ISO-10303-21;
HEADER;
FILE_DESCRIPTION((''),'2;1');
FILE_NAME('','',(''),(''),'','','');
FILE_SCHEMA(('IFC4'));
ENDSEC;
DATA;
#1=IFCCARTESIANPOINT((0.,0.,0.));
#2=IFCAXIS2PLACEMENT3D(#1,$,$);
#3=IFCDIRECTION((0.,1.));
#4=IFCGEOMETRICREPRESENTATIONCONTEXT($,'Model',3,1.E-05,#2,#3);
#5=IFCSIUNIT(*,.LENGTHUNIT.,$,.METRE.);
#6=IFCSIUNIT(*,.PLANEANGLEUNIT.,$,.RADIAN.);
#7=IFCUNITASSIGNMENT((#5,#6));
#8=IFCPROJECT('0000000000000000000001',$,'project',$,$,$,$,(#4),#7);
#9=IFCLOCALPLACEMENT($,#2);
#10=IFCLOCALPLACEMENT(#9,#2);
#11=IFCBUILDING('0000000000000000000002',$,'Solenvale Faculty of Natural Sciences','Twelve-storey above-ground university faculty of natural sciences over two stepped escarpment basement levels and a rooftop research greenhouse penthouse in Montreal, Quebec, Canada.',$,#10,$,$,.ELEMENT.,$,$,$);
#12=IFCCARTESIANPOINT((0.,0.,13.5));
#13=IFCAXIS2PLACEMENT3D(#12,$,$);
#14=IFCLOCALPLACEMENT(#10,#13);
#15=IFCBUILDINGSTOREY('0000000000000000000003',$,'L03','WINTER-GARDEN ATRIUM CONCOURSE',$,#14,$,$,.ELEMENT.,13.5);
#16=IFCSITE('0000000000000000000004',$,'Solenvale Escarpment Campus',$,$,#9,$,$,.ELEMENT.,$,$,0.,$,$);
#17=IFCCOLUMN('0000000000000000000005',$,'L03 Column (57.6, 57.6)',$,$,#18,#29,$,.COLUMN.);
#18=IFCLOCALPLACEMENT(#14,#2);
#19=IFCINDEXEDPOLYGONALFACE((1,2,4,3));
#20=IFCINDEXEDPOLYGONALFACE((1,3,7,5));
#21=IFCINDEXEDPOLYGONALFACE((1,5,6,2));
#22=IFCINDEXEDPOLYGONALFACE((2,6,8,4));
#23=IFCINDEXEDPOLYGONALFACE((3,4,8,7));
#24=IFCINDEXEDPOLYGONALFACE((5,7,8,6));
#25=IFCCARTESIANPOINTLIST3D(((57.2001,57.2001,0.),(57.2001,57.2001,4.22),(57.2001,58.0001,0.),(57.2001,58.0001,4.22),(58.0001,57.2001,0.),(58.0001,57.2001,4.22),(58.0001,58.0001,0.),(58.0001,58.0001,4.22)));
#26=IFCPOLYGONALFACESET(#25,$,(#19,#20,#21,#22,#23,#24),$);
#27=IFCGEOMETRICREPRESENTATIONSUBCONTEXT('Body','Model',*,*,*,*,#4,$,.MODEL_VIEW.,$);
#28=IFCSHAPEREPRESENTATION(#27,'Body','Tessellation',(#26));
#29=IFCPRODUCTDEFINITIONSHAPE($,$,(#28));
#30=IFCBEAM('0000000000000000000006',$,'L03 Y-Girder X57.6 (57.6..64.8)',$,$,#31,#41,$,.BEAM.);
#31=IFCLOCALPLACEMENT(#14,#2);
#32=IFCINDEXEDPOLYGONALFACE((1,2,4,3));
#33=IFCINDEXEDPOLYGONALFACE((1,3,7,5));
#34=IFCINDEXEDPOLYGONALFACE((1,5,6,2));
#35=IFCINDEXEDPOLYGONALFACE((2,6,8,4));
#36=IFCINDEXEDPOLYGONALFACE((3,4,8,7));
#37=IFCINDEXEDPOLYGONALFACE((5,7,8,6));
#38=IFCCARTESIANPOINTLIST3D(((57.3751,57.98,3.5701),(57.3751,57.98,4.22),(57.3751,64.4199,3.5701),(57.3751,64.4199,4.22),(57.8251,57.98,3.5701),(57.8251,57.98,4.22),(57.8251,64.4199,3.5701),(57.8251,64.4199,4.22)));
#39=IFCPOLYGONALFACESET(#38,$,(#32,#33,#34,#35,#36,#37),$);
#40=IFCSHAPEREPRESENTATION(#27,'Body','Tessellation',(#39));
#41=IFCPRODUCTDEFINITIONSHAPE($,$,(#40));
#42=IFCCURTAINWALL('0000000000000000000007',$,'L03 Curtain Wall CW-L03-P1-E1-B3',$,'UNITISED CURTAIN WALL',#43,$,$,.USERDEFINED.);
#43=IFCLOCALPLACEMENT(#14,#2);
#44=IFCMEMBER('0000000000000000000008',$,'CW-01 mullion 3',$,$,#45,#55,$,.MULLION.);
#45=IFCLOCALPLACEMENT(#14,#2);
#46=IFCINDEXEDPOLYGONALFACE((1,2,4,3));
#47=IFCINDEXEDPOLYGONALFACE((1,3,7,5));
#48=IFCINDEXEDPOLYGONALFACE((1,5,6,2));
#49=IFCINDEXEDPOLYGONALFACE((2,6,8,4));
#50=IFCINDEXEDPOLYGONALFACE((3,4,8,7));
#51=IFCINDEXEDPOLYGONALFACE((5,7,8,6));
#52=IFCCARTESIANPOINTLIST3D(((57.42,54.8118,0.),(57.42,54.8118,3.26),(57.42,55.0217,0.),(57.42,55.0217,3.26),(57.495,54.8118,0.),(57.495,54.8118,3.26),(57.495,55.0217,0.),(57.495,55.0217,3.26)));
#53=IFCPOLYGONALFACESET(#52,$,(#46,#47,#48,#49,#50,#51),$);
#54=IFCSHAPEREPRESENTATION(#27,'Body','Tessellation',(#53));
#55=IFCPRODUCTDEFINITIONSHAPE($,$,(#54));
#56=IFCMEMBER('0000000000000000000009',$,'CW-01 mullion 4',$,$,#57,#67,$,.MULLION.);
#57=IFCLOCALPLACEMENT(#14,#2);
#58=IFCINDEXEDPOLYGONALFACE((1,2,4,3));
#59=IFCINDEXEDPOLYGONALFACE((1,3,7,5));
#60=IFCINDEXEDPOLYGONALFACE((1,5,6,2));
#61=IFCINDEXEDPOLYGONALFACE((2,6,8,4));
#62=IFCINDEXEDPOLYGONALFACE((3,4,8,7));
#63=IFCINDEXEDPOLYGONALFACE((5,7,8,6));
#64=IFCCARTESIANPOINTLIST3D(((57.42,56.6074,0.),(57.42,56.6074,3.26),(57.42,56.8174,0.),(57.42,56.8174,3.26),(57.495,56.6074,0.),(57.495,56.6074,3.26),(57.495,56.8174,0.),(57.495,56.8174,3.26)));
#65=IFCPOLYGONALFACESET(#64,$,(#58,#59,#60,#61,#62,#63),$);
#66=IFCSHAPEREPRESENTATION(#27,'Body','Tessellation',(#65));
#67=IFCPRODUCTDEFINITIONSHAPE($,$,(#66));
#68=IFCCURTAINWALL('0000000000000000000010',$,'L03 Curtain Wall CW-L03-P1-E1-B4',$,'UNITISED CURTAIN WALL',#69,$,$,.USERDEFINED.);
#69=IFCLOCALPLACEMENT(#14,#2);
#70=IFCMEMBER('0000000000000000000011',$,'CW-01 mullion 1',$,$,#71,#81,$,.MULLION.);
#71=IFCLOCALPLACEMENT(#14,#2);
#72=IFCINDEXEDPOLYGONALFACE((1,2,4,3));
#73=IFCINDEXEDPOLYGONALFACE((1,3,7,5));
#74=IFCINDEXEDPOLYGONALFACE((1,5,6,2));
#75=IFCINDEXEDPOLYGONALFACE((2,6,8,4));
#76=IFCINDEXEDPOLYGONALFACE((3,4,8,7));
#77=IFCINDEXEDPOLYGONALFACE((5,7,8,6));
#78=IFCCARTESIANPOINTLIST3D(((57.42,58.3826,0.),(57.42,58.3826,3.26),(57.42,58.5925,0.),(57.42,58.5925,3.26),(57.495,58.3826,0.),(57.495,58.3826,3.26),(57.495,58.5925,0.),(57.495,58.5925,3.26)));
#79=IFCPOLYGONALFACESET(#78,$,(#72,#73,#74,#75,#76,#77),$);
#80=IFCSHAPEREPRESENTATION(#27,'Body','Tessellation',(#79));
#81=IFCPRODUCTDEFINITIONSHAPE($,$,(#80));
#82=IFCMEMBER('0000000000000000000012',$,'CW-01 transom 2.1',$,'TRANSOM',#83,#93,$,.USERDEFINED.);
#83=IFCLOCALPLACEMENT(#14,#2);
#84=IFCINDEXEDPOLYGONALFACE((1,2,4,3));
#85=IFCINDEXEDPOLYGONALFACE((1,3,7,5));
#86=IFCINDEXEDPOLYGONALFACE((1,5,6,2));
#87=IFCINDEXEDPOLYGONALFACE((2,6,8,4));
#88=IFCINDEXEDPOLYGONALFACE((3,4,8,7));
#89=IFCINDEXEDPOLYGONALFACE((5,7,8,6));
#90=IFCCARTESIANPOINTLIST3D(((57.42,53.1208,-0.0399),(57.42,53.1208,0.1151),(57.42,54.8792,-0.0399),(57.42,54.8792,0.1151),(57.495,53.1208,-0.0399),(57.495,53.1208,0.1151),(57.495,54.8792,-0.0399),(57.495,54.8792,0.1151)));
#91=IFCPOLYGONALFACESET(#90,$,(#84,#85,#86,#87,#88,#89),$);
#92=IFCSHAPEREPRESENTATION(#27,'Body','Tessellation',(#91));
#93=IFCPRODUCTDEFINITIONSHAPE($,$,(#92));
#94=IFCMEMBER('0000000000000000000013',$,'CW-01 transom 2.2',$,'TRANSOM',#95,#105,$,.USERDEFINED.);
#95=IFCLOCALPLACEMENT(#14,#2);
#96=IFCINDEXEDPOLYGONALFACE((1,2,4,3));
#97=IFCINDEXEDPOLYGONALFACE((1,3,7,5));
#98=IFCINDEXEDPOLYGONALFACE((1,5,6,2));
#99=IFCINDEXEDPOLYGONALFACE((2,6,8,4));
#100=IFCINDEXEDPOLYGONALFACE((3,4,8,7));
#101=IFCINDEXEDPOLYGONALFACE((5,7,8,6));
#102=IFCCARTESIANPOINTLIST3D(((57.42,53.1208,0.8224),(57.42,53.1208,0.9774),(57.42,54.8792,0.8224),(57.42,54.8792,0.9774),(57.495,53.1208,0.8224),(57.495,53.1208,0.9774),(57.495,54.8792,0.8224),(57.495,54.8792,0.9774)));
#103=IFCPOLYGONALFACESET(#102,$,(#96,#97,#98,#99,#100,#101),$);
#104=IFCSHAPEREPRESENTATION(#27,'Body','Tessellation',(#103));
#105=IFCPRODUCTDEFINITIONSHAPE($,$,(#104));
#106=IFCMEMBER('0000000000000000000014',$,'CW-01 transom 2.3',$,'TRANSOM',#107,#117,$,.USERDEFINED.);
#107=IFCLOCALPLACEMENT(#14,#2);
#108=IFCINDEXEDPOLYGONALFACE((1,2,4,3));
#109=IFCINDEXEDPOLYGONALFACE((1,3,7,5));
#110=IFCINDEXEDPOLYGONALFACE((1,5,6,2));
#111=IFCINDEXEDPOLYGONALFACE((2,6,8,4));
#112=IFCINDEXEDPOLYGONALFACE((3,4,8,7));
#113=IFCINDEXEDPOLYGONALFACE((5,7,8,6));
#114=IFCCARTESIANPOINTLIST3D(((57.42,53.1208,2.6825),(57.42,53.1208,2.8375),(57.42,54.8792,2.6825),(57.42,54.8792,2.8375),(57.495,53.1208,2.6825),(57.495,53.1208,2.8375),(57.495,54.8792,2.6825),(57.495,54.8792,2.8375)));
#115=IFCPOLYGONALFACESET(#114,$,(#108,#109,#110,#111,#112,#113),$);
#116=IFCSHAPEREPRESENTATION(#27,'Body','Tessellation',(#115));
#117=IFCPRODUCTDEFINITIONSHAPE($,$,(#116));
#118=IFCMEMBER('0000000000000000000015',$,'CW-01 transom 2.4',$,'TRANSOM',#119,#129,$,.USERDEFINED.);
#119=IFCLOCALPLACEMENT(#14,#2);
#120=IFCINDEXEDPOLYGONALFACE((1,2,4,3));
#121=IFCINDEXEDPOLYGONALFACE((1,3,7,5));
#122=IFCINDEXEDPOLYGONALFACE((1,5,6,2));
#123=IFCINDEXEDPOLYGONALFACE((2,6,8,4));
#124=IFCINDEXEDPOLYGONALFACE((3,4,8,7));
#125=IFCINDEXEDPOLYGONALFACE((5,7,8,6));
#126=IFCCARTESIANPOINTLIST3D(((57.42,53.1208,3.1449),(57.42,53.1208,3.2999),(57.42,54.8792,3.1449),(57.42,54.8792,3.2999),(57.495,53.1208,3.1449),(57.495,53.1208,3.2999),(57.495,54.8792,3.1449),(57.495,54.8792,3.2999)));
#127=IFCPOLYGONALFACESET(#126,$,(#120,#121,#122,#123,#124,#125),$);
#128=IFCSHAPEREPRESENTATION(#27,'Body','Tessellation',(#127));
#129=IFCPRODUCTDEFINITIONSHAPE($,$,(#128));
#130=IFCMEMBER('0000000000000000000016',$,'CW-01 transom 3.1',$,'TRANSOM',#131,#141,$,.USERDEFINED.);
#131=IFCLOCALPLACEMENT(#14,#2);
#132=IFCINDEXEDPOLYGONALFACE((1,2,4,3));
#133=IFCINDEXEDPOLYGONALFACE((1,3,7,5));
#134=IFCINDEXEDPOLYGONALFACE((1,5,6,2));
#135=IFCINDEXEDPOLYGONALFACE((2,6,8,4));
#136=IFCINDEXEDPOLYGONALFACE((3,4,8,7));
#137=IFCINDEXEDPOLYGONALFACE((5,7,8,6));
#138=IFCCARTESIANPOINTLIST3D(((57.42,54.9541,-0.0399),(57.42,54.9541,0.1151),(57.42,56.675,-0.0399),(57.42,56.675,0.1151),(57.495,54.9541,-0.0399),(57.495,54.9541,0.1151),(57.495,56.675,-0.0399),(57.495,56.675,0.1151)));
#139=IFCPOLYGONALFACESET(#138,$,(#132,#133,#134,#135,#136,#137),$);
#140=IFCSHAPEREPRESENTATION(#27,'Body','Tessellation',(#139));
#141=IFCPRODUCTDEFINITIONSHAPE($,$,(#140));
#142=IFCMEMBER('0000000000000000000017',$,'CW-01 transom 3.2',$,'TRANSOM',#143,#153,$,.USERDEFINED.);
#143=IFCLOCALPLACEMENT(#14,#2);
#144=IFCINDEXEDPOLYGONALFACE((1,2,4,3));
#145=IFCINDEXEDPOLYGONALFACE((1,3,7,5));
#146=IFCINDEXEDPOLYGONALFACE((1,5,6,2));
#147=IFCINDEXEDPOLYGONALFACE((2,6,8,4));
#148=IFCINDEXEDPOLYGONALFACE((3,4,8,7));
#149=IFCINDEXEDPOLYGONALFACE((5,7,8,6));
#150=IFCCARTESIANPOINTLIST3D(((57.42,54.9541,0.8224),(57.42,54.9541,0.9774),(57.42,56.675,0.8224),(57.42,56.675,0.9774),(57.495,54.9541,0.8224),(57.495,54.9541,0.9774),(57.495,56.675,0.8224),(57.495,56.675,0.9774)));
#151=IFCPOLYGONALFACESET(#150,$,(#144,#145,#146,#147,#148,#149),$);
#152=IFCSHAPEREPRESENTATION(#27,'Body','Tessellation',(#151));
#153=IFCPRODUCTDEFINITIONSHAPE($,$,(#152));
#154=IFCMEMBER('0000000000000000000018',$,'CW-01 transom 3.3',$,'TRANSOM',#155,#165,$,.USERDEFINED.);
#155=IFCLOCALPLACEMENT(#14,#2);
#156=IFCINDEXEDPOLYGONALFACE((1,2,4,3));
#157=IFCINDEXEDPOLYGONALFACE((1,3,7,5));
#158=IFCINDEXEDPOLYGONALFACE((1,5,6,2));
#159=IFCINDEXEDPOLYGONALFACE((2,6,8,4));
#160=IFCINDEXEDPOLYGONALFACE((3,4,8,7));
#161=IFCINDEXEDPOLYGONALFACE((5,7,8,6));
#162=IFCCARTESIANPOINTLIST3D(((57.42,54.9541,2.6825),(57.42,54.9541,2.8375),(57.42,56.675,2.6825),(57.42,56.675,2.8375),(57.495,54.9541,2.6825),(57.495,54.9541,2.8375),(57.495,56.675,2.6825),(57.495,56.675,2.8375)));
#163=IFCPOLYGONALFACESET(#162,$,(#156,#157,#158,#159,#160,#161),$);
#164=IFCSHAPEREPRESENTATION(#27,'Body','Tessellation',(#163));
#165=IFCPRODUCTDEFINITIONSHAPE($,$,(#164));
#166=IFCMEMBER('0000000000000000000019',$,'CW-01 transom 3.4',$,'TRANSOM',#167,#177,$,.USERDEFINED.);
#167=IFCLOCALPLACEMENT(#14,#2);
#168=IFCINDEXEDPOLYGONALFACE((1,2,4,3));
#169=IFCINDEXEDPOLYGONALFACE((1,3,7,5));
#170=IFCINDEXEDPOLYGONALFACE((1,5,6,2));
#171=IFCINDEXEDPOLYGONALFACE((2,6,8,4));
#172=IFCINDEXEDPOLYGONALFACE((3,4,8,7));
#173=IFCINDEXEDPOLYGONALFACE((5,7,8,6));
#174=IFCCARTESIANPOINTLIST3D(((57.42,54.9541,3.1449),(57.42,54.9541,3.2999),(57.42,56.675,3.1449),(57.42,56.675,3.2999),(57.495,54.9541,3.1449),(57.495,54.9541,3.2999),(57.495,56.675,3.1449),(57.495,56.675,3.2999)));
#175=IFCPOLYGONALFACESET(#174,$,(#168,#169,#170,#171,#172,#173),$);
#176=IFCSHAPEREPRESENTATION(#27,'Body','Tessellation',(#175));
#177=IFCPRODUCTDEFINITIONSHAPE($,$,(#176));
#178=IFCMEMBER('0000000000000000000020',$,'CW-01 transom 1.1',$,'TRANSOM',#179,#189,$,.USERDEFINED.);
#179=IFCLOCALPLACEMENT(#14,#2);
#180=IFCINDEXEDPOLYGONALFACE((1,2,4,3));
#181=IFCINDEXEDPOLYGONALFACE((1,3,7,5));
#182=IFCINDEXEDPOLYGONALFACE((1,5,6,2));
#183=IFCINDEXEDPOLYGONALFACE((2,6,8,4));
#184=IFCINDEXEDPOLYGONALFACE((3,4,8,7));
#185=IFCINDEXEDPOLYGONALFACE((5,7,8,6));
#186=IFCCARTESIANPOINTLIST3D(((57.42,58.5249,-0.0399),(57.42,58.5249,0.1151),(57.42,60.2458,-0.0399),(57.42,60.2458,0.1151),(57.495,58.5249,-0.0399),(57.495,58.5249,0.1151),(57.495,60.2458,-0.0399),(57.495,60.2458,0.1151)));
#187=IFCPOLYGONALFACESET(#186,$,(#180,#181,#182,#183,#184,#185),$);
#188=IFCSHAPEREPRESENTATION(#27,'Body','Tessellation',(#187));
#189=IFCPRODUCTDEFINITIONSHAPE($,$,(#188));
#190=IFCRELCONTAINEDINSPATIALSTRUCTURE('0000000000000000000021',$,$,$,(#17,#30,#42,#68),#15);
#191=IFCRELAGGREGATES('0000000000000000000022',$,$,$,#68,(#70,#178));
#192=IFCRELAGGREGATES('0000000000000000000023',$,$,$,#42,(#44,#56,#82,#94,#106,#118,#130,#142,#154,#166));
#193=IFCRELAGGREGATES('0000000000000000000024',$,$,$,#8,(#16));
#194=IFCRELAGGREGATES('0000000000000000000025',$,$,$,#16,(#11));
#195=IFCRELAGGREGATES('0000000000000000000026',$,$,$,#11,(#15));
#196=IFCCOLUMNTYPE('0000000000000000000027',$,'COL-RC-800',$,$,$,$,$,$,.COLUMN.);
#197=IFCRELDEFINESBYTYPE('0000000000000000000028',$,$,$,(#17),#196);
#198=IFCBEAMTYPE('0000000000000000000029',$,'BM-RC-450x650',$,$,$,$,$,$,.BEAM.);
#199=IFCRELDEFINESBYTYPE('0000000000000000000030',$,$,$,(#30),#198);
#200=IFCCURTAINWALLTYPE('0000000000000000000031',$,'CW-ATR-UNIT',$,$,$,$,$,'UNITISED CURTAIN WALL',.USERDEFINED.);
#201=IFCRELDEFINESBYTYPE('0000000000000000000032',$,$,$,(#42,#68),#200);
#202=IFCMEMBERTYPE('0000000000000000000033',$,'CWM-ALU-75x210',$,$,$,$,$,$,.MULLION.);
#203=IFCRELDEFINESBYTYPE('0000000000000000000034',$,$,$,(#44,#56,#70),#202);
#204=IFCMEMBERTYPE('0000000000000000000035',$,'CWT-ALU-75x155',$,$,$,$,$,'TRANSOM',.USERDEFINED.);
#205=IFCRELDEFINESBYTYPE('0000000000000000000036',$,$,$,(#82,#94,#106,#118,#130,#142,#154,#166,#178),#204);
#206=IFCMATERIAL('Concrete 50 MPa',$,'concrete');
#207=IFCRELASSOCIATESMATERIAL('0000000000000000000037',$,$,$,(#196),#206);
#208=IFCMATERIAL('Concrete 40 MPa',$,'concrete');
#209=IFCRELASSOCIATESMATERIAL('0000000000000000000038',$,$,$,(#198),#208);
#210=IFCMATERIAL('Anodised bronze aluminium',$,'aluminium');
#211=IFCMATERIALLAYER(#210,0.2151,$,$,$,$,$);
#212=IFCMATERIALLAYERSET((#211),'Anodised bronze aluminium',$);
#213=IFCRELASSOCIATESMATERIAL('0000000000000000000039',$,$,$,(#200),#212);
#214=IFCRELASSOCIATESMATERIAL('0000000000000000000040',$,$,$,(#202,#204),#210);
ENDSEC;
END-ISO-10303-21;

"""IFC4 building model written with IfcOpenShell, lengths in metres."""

from ifc_helpers import new_model, si_unit, direction, frame, origin, origin_2d, place, context, subcontext, project, spatial, rectangle, extrude, material, layer, layer_set, material_profile, profile_set, type_object, element, aggregate, save


model = new_model("IFC4")

# Units and contexts
model_context = context("Model", 3, precision=1e-05, world=origin(), true_north=direction((0.0, 1.0)))
body_context = subcontext(model_context, "Body", "Model", "MODEL_VIEW")
ifc_project = project(units=[si_unit("LENGTHUNIT", "METRE"), si_unit("PLANEANGLEUNIT", "RADIAN")], contexts=[model_context])

# Site, building, storey
site_placement = place(None, origin())
site = spatial("IfcSite", under=ifc_project, at=site_placement, Name="Solenvale Escarpment Campus", CompositionType="ELEMENT", RefElevation=0.0)
building_placement = place(site_placement, origin())
building = spatial("IfcBuilding", under=site, at=building_placement, Name="Solenvale Faculty of Natural Sciences", Description="Twelve-storey above-ground university faculty of natural sciences over two stepped escarpment basement levels and a rooftop research greenhouse penthouse in Montreal, Quebec, Canada.", CompositionType="ELEMENT")
storey_placement = place(building_placement, frame((0.0, 0.0, 13.5)))
storey = spatial("IfcBuildingStorey", under=building, at=storey_placement, Name="L03", Description="WINTER-GARDEN ATRIUM CONCOURSE", CompositionType="ELEMENT", Elevation=13.5)

# Column
ifc_material_1 = material(Name="Concrete 50 MPa", Category="concrete")
ifc_material_profile_1 = material_profile(ifc_material_1, rectangle(XDim=0.8, YDim=0.8, at=origin_2d()), Name="RC-COL-800x800")
ifc_profile_set_1 = profile_set([ifc_material_profile_1], Name="Concrete 50 MPa")
column_type = type_object("IfcColumnType", Name="COL-RC-800", PredefinedType="COLUMN", material=ifc_profile_set_1)
column_placement = place(storey_placement, frame((57.6001, 57.6001, 0.0), z_axis=(0.0, 0.0, 1.0), x_axis=(1.0, 0.0, 0.0)))
element("IfcColumn", 1, at=column_placement, inside=storey, type_object=column_type, Name="L03 Column (57.6, 57.6)", PredefinedType="COLUMN", context=body_context, shape_type="SweptSolid", body=[
    extrude(rectangle(XDim=0.8, YDim=0.8, at=origin_2d()), origin(), (0.0, 0.0, 1.0), 4.22),
])

# Beam
ifc_material_2 = material(Name="Concrete 40 MPa", Category="concrete")
ifc_material_profile_2 = material_profile(ifc_material_2, rectangle(XDim=0.45, YDim=0.6499, at=origin_2d()), Name="RC-BM-450x650")
ifc_profile_set_2 = profile_set([ifc_material_profile_2], Name="Concrete 40 MPa")
beam_type = type_object("IfcBeamType", Name="BM-RC-450x650", PredefinedType="BEAM", material=ifc_profile_set_2)
beam_placement = place(storey_placement, frame((57.6001, 57.98, 3.895), z_axis=(0.0, 1.0, 0.0), x_axis=(-1.0, 0.0, 0.0)))
element("IfcBeam", 2, at=beam_placement, inside=storey, type_object=beam_type, Name="L03 Y-Girder X57.6 (57.6..64.8)", PredefinedType="BEAM", context=body_context, shape_type="SweptSolid", body=[
    extrude(rectangle(XDim=0.45, YDim=0.6499, at=origin_2d()), origin(), (0.0, 0.0, 1.0), 6.4399),
])

# Curtain wall, members
ifc_material_3 = material(Name="Anodised bronze aluminium", Category="aluminium")
ifc_layer_1 = layer(ifc_material_3, 0.2151)
ifc_layer_set_1 = layer_set([ifc_layer_1], Name="Anodised bronze aluminium")
curtain_wall_type = type_object("IfcCurtainWallType", Name="CW-ATR-UNIT", ElementType="UNITISED CURTAIN WALL", PredefinedType="USERDEFINED", material=ifc_layer_set_1)
curtain_wall_1_placement = place(storey_placement, origin())
curtain_wall_1 = element("IfcCurtainWall", 3, at=curtain_wall_1_placement, inside=storey, type_object=curtain_wall_type, Name="L03 Curtain Wall CW-L03-P1-E1-B3", ObjectType="UNITISED CURTAIN WALL", PredefinedType="USERDEFINED")
ifc_material_profile_3 = material_profile(ifc_material_3, rectangle(XDim=0.075, YDim=0.21, at=origin_2d()), Name="ALU-MUL-75x210")
ifc_profile_set_3 = profile_set([ifc_material_profile_3], Name="Anodised bronze aluminium")
member_type_1 = type_object("IfcMemberType", Name="CWM-ALU-75x210", PredefinedType="MULLION", material=ifc_profile_set_3)
member_1_placement = place(storey_placement, frame((57.4575, 54.9167, 0.0), z_axis=(0.0, 0.0, 1.0), x_axis=(-1.0, 0.0, 0.0)))
member_1 = element("IfcMember", 4, at=member_1_placement, type_object=member_type_1, Name="CW-01 mullion 3", PredefinedType="MULLION", context=body_context, shape_type="SweptSolid", body=[
    extrude(rectangle(XDim=0.075, YDim=0.21, at=origin_2d()), origin(), (0.0, 0.0, 1.0), 3.26),
])
member_2_placement = place(storey_placement, frame((57.4575, 56.7124, 0.0), z_axis=(0.0, 0.0, 1.0), x_axis=(-1.0, 0.0, 0.0)))
member_2 = element("IfcMember", 5, at=member_2_placement, type_object=member_type_1, Name="CW-01 mullion 4", PredefinedType="MULLION", context=body_context, shape_type="SweptSolid", body=[
    extrude(rectangle(XDim=0.075, YDim=0.21, at=origin_2d()), origin(), (0.0, 0.0, 1.0), 3.26),
])

# Curtain wall, member
curtain_wall_2_placement = place(storey_placement, origin())
curtain_wall_2 = element("IfcCurtainWall", 6, at=curtain_wall_2_placement, inside=storey, type_object=curtain_wall_type, Name="L03 Curtain Wall CW-L03-P1-E1-B4", ObjectType="UNITISED CURTAIN WALL", PredefinedType="USERDEFINED")
member_3_placement = place(storey_placement, frame((57.4575, 58.4875, 0.0), z_axis=(0.0, 0.0, 1.0), x_axis=(-1.0, 0.0, 0.0)))
member_3 = element("IfcMember", 7, at=member_3_placement, type_object=member_type_1, Name="CW-01 mullion 1", PredefinedType="MULLION", context=body_context, shape_type="SweptSolid", body=[
    extrude(rectangle(XDim=0.075, YDim=0.21, at=origin_2d()), origin(), (0.0, 0.0, 1.0), 3.26),
])

# Members
ifc_material_profile_4 = material_profile(ifc_material_3, rectangle(XDim=0.075, YDim=0.155, at=origin_2d()), Name="ALU-TRN-75x155")
ifc_profile_set_4 = profile_set([ifc_material_profile_4], Name="Anodised bronze aluminium")
member_type_2 = type_object("IfcMemberType", Name="CWT-ALU-75x155", ElementType="TRANSOM", PredefinedType="USERDEFINED", material=ifc_profile_set_4)
member_4_placement = place(storey_placement, frame((57.4575, 53.1208, 0.0376), z_axis=(0.0, 1.0, 0.0), x_axis=(-1.0, 0.0, 0.0)))
member_4 = element("IfcMember", 8, at=member_4_placement, type_object=member_type_2, Name="CW-01 transom 2.1", ObjectType="TRANSOM", PredefinedType="USERDEFINED", context=body_context, shape_type="SweptSolid", body=[
    extrude(rectangle(XDim=0.075, YDim=0.155, at=origin_2d()), origin(), (0.0, 0.0, 1.0), 1.7583),
])
member_5_placement = place(storey_placement, frame((57.4575, 53.1208, 0.8999), z_axis=(0.0, 1.0, 0.0), x_axis=(-1.0, 0.0, 0.0)))
member_5 = element("IfcMember", 9, at=member_5_placement, type_object=member_type_2, Name="CW-01 transom 2.2", ObjectType="TRANSOM", PredefinedType="USERDEFINED", context=body_context, shape_type="SweptSolid", body=[
    extrude(rectangle(XDim=0.075, YDim=0.155, at=origin_2d()), origin(), (0.0, 0.0, 1.0), 1.7583),
])
member_6_placement = place(storey_placement, frame((57.4575, 53.1208, 2.76), z_axis=(0.0, 1.0, 0.0), x_axis=(-1.0, 0.0, 0.0)))
member_6 = element("IfcMember", 10, at=member_6_placement, type_object=member_type_2, Name="CW-01 transom 2.3", ObjectType="TRANSOM", PredefinedType="USERDEFINED", context=body_context, shape_type="SweptSolid", body=[
    extrude(rectangle(XDim=0.075, YDim=0.155, at=origin_2d()), origin(), (0.0, 0.0, 1.0), 1.7583),
])
member_7_placement = place(storey_placement, frame((57.4575, 53.1208, 3.2224), z_axis=(0.0, 1.0, 0.0), x_axis=(-1.0, 0.0, 0.0)))
member_7 = element("IfcMember", 11, at=member_7_placement, type_object=member_type_2, Name="CW-01 transom 2.4", ObjectType="TRANSOM", PredefinedType="USERDEFINED", context=body_context, shape_type="SweptSolid", body=[
    extrude(rectangle(XDim=0.075, YDim=0.155, at=origin_2d()), origin(), (0.0, 0.0, 1.0), 1.7583),
])
member_8_placement = place(storey_placement, frame((57.4575, 54.9541, 0.0376), z_axis=(0.0, 1.0, 0.0), x_axis=(-1.0, 0.0, 0.0)))
member_8 = element("IfcMember", 12, at=member_8_placement, type_object=member_type_2, Name="CW-01 transom 3.1", ObjectType="TRANSOM", PredefinedType="USERDEFINED", context=body_context, shape_type="SweptSolid", body=[
    extrude(rectangle(XDim=0.075, YDim=0.155, at=origin_2d()), origin(), (0.0, 0.0, 1.0), 1.7209),
])
member_9_placement = place(storey_placement, frame((57.4575, 54.9541, 0.8999), z_axis=(0.0, 1.0, 0.0), x_axis=(-1.0, 0.0, 0.0)))
member_9 = element("IfcMember", 13, at=member_9_placement, type_object=member_type_2, Name="CW-01 transom 3.2", ObjectType="TRANSOM", PredefinedType="USERDEFINED", context=body_context, shape_type="SweptSolid", body=[
    extrude(rectangle(XDim=0.075, YDim=0.155, at=origin_2d()), origin(), (0.0, 0.0, 1.0), 1.7209),
])
member_10_placement = place(storey_placement, frame((57.4575, 54.9541, 2.76), z_axis=(0.0, 1.0, 0.0), x_axis=(-1.0, 0.0, 0.0)))
member_10 = element("IfcMember", 14, at=member_10_placement, type_object=member_type_2, Name="CW-01 transom 3.3", ObjectType="TRANSOM", PredefinedType="USERDEFINED", context=body_context, shape_type="SweptSolid", body=[
    extrude(rectangle(XDim=0.075, YDim=0.155, at=origin_2d()), origin(), (0.0, 0.0, 1.0), 1.7209),
])
member_11_placement = place(storey_placement, frame((57.4575, 54.9541, 3.2224), z_axis=(0.0, 1.0, 0.0), x_axis=(-1.0, 0.0, 0.0)))
member_11 = element("IfcMember", 15, at=member_11_placement, type_object=member_type_2, Name="CW-01 transom 3.4", ObjectType="TRANSOM", PredefinedType="USERDEFINED", context=body_context, shape_type="SweptSolid", body=[
    extrude(rectangle(XDim=0.075, YDim=0.155, at=origin_2d()), origin(), (0.0, 0.0, 1.0), 1.7209),
])
member_12_placement = place(storey_placement, frame((57.4575, 58.5249, 0.0376), z_axis=(0.0, 1.0, 0.0), x_axis=(-1.0, 0.0, 0.0)))
member_12 = element("IfcMember", 16, at=member_12_placement, type_object=member_type_2, Name="CW-01 transom 1.1", ObjectType="TRANSOM", PredefinedType="USERDEFINED", context=body_context, shape_type="SweptSolid", body=[
    extrude(rectangle(XDim=0.075, YDim=0.155, at=origin_2d()), origin(), (0.0, 0.0, 1.0), 1.7209),
])
aggregate(curtain_wall_2, [member_3, member_12])

aggregate(curtain_wall_1, [member_1, member_2, member_4, member_5, member_6, member_7, member_8, member_9, member_10, member_11])

save(model, "model.ifc")
